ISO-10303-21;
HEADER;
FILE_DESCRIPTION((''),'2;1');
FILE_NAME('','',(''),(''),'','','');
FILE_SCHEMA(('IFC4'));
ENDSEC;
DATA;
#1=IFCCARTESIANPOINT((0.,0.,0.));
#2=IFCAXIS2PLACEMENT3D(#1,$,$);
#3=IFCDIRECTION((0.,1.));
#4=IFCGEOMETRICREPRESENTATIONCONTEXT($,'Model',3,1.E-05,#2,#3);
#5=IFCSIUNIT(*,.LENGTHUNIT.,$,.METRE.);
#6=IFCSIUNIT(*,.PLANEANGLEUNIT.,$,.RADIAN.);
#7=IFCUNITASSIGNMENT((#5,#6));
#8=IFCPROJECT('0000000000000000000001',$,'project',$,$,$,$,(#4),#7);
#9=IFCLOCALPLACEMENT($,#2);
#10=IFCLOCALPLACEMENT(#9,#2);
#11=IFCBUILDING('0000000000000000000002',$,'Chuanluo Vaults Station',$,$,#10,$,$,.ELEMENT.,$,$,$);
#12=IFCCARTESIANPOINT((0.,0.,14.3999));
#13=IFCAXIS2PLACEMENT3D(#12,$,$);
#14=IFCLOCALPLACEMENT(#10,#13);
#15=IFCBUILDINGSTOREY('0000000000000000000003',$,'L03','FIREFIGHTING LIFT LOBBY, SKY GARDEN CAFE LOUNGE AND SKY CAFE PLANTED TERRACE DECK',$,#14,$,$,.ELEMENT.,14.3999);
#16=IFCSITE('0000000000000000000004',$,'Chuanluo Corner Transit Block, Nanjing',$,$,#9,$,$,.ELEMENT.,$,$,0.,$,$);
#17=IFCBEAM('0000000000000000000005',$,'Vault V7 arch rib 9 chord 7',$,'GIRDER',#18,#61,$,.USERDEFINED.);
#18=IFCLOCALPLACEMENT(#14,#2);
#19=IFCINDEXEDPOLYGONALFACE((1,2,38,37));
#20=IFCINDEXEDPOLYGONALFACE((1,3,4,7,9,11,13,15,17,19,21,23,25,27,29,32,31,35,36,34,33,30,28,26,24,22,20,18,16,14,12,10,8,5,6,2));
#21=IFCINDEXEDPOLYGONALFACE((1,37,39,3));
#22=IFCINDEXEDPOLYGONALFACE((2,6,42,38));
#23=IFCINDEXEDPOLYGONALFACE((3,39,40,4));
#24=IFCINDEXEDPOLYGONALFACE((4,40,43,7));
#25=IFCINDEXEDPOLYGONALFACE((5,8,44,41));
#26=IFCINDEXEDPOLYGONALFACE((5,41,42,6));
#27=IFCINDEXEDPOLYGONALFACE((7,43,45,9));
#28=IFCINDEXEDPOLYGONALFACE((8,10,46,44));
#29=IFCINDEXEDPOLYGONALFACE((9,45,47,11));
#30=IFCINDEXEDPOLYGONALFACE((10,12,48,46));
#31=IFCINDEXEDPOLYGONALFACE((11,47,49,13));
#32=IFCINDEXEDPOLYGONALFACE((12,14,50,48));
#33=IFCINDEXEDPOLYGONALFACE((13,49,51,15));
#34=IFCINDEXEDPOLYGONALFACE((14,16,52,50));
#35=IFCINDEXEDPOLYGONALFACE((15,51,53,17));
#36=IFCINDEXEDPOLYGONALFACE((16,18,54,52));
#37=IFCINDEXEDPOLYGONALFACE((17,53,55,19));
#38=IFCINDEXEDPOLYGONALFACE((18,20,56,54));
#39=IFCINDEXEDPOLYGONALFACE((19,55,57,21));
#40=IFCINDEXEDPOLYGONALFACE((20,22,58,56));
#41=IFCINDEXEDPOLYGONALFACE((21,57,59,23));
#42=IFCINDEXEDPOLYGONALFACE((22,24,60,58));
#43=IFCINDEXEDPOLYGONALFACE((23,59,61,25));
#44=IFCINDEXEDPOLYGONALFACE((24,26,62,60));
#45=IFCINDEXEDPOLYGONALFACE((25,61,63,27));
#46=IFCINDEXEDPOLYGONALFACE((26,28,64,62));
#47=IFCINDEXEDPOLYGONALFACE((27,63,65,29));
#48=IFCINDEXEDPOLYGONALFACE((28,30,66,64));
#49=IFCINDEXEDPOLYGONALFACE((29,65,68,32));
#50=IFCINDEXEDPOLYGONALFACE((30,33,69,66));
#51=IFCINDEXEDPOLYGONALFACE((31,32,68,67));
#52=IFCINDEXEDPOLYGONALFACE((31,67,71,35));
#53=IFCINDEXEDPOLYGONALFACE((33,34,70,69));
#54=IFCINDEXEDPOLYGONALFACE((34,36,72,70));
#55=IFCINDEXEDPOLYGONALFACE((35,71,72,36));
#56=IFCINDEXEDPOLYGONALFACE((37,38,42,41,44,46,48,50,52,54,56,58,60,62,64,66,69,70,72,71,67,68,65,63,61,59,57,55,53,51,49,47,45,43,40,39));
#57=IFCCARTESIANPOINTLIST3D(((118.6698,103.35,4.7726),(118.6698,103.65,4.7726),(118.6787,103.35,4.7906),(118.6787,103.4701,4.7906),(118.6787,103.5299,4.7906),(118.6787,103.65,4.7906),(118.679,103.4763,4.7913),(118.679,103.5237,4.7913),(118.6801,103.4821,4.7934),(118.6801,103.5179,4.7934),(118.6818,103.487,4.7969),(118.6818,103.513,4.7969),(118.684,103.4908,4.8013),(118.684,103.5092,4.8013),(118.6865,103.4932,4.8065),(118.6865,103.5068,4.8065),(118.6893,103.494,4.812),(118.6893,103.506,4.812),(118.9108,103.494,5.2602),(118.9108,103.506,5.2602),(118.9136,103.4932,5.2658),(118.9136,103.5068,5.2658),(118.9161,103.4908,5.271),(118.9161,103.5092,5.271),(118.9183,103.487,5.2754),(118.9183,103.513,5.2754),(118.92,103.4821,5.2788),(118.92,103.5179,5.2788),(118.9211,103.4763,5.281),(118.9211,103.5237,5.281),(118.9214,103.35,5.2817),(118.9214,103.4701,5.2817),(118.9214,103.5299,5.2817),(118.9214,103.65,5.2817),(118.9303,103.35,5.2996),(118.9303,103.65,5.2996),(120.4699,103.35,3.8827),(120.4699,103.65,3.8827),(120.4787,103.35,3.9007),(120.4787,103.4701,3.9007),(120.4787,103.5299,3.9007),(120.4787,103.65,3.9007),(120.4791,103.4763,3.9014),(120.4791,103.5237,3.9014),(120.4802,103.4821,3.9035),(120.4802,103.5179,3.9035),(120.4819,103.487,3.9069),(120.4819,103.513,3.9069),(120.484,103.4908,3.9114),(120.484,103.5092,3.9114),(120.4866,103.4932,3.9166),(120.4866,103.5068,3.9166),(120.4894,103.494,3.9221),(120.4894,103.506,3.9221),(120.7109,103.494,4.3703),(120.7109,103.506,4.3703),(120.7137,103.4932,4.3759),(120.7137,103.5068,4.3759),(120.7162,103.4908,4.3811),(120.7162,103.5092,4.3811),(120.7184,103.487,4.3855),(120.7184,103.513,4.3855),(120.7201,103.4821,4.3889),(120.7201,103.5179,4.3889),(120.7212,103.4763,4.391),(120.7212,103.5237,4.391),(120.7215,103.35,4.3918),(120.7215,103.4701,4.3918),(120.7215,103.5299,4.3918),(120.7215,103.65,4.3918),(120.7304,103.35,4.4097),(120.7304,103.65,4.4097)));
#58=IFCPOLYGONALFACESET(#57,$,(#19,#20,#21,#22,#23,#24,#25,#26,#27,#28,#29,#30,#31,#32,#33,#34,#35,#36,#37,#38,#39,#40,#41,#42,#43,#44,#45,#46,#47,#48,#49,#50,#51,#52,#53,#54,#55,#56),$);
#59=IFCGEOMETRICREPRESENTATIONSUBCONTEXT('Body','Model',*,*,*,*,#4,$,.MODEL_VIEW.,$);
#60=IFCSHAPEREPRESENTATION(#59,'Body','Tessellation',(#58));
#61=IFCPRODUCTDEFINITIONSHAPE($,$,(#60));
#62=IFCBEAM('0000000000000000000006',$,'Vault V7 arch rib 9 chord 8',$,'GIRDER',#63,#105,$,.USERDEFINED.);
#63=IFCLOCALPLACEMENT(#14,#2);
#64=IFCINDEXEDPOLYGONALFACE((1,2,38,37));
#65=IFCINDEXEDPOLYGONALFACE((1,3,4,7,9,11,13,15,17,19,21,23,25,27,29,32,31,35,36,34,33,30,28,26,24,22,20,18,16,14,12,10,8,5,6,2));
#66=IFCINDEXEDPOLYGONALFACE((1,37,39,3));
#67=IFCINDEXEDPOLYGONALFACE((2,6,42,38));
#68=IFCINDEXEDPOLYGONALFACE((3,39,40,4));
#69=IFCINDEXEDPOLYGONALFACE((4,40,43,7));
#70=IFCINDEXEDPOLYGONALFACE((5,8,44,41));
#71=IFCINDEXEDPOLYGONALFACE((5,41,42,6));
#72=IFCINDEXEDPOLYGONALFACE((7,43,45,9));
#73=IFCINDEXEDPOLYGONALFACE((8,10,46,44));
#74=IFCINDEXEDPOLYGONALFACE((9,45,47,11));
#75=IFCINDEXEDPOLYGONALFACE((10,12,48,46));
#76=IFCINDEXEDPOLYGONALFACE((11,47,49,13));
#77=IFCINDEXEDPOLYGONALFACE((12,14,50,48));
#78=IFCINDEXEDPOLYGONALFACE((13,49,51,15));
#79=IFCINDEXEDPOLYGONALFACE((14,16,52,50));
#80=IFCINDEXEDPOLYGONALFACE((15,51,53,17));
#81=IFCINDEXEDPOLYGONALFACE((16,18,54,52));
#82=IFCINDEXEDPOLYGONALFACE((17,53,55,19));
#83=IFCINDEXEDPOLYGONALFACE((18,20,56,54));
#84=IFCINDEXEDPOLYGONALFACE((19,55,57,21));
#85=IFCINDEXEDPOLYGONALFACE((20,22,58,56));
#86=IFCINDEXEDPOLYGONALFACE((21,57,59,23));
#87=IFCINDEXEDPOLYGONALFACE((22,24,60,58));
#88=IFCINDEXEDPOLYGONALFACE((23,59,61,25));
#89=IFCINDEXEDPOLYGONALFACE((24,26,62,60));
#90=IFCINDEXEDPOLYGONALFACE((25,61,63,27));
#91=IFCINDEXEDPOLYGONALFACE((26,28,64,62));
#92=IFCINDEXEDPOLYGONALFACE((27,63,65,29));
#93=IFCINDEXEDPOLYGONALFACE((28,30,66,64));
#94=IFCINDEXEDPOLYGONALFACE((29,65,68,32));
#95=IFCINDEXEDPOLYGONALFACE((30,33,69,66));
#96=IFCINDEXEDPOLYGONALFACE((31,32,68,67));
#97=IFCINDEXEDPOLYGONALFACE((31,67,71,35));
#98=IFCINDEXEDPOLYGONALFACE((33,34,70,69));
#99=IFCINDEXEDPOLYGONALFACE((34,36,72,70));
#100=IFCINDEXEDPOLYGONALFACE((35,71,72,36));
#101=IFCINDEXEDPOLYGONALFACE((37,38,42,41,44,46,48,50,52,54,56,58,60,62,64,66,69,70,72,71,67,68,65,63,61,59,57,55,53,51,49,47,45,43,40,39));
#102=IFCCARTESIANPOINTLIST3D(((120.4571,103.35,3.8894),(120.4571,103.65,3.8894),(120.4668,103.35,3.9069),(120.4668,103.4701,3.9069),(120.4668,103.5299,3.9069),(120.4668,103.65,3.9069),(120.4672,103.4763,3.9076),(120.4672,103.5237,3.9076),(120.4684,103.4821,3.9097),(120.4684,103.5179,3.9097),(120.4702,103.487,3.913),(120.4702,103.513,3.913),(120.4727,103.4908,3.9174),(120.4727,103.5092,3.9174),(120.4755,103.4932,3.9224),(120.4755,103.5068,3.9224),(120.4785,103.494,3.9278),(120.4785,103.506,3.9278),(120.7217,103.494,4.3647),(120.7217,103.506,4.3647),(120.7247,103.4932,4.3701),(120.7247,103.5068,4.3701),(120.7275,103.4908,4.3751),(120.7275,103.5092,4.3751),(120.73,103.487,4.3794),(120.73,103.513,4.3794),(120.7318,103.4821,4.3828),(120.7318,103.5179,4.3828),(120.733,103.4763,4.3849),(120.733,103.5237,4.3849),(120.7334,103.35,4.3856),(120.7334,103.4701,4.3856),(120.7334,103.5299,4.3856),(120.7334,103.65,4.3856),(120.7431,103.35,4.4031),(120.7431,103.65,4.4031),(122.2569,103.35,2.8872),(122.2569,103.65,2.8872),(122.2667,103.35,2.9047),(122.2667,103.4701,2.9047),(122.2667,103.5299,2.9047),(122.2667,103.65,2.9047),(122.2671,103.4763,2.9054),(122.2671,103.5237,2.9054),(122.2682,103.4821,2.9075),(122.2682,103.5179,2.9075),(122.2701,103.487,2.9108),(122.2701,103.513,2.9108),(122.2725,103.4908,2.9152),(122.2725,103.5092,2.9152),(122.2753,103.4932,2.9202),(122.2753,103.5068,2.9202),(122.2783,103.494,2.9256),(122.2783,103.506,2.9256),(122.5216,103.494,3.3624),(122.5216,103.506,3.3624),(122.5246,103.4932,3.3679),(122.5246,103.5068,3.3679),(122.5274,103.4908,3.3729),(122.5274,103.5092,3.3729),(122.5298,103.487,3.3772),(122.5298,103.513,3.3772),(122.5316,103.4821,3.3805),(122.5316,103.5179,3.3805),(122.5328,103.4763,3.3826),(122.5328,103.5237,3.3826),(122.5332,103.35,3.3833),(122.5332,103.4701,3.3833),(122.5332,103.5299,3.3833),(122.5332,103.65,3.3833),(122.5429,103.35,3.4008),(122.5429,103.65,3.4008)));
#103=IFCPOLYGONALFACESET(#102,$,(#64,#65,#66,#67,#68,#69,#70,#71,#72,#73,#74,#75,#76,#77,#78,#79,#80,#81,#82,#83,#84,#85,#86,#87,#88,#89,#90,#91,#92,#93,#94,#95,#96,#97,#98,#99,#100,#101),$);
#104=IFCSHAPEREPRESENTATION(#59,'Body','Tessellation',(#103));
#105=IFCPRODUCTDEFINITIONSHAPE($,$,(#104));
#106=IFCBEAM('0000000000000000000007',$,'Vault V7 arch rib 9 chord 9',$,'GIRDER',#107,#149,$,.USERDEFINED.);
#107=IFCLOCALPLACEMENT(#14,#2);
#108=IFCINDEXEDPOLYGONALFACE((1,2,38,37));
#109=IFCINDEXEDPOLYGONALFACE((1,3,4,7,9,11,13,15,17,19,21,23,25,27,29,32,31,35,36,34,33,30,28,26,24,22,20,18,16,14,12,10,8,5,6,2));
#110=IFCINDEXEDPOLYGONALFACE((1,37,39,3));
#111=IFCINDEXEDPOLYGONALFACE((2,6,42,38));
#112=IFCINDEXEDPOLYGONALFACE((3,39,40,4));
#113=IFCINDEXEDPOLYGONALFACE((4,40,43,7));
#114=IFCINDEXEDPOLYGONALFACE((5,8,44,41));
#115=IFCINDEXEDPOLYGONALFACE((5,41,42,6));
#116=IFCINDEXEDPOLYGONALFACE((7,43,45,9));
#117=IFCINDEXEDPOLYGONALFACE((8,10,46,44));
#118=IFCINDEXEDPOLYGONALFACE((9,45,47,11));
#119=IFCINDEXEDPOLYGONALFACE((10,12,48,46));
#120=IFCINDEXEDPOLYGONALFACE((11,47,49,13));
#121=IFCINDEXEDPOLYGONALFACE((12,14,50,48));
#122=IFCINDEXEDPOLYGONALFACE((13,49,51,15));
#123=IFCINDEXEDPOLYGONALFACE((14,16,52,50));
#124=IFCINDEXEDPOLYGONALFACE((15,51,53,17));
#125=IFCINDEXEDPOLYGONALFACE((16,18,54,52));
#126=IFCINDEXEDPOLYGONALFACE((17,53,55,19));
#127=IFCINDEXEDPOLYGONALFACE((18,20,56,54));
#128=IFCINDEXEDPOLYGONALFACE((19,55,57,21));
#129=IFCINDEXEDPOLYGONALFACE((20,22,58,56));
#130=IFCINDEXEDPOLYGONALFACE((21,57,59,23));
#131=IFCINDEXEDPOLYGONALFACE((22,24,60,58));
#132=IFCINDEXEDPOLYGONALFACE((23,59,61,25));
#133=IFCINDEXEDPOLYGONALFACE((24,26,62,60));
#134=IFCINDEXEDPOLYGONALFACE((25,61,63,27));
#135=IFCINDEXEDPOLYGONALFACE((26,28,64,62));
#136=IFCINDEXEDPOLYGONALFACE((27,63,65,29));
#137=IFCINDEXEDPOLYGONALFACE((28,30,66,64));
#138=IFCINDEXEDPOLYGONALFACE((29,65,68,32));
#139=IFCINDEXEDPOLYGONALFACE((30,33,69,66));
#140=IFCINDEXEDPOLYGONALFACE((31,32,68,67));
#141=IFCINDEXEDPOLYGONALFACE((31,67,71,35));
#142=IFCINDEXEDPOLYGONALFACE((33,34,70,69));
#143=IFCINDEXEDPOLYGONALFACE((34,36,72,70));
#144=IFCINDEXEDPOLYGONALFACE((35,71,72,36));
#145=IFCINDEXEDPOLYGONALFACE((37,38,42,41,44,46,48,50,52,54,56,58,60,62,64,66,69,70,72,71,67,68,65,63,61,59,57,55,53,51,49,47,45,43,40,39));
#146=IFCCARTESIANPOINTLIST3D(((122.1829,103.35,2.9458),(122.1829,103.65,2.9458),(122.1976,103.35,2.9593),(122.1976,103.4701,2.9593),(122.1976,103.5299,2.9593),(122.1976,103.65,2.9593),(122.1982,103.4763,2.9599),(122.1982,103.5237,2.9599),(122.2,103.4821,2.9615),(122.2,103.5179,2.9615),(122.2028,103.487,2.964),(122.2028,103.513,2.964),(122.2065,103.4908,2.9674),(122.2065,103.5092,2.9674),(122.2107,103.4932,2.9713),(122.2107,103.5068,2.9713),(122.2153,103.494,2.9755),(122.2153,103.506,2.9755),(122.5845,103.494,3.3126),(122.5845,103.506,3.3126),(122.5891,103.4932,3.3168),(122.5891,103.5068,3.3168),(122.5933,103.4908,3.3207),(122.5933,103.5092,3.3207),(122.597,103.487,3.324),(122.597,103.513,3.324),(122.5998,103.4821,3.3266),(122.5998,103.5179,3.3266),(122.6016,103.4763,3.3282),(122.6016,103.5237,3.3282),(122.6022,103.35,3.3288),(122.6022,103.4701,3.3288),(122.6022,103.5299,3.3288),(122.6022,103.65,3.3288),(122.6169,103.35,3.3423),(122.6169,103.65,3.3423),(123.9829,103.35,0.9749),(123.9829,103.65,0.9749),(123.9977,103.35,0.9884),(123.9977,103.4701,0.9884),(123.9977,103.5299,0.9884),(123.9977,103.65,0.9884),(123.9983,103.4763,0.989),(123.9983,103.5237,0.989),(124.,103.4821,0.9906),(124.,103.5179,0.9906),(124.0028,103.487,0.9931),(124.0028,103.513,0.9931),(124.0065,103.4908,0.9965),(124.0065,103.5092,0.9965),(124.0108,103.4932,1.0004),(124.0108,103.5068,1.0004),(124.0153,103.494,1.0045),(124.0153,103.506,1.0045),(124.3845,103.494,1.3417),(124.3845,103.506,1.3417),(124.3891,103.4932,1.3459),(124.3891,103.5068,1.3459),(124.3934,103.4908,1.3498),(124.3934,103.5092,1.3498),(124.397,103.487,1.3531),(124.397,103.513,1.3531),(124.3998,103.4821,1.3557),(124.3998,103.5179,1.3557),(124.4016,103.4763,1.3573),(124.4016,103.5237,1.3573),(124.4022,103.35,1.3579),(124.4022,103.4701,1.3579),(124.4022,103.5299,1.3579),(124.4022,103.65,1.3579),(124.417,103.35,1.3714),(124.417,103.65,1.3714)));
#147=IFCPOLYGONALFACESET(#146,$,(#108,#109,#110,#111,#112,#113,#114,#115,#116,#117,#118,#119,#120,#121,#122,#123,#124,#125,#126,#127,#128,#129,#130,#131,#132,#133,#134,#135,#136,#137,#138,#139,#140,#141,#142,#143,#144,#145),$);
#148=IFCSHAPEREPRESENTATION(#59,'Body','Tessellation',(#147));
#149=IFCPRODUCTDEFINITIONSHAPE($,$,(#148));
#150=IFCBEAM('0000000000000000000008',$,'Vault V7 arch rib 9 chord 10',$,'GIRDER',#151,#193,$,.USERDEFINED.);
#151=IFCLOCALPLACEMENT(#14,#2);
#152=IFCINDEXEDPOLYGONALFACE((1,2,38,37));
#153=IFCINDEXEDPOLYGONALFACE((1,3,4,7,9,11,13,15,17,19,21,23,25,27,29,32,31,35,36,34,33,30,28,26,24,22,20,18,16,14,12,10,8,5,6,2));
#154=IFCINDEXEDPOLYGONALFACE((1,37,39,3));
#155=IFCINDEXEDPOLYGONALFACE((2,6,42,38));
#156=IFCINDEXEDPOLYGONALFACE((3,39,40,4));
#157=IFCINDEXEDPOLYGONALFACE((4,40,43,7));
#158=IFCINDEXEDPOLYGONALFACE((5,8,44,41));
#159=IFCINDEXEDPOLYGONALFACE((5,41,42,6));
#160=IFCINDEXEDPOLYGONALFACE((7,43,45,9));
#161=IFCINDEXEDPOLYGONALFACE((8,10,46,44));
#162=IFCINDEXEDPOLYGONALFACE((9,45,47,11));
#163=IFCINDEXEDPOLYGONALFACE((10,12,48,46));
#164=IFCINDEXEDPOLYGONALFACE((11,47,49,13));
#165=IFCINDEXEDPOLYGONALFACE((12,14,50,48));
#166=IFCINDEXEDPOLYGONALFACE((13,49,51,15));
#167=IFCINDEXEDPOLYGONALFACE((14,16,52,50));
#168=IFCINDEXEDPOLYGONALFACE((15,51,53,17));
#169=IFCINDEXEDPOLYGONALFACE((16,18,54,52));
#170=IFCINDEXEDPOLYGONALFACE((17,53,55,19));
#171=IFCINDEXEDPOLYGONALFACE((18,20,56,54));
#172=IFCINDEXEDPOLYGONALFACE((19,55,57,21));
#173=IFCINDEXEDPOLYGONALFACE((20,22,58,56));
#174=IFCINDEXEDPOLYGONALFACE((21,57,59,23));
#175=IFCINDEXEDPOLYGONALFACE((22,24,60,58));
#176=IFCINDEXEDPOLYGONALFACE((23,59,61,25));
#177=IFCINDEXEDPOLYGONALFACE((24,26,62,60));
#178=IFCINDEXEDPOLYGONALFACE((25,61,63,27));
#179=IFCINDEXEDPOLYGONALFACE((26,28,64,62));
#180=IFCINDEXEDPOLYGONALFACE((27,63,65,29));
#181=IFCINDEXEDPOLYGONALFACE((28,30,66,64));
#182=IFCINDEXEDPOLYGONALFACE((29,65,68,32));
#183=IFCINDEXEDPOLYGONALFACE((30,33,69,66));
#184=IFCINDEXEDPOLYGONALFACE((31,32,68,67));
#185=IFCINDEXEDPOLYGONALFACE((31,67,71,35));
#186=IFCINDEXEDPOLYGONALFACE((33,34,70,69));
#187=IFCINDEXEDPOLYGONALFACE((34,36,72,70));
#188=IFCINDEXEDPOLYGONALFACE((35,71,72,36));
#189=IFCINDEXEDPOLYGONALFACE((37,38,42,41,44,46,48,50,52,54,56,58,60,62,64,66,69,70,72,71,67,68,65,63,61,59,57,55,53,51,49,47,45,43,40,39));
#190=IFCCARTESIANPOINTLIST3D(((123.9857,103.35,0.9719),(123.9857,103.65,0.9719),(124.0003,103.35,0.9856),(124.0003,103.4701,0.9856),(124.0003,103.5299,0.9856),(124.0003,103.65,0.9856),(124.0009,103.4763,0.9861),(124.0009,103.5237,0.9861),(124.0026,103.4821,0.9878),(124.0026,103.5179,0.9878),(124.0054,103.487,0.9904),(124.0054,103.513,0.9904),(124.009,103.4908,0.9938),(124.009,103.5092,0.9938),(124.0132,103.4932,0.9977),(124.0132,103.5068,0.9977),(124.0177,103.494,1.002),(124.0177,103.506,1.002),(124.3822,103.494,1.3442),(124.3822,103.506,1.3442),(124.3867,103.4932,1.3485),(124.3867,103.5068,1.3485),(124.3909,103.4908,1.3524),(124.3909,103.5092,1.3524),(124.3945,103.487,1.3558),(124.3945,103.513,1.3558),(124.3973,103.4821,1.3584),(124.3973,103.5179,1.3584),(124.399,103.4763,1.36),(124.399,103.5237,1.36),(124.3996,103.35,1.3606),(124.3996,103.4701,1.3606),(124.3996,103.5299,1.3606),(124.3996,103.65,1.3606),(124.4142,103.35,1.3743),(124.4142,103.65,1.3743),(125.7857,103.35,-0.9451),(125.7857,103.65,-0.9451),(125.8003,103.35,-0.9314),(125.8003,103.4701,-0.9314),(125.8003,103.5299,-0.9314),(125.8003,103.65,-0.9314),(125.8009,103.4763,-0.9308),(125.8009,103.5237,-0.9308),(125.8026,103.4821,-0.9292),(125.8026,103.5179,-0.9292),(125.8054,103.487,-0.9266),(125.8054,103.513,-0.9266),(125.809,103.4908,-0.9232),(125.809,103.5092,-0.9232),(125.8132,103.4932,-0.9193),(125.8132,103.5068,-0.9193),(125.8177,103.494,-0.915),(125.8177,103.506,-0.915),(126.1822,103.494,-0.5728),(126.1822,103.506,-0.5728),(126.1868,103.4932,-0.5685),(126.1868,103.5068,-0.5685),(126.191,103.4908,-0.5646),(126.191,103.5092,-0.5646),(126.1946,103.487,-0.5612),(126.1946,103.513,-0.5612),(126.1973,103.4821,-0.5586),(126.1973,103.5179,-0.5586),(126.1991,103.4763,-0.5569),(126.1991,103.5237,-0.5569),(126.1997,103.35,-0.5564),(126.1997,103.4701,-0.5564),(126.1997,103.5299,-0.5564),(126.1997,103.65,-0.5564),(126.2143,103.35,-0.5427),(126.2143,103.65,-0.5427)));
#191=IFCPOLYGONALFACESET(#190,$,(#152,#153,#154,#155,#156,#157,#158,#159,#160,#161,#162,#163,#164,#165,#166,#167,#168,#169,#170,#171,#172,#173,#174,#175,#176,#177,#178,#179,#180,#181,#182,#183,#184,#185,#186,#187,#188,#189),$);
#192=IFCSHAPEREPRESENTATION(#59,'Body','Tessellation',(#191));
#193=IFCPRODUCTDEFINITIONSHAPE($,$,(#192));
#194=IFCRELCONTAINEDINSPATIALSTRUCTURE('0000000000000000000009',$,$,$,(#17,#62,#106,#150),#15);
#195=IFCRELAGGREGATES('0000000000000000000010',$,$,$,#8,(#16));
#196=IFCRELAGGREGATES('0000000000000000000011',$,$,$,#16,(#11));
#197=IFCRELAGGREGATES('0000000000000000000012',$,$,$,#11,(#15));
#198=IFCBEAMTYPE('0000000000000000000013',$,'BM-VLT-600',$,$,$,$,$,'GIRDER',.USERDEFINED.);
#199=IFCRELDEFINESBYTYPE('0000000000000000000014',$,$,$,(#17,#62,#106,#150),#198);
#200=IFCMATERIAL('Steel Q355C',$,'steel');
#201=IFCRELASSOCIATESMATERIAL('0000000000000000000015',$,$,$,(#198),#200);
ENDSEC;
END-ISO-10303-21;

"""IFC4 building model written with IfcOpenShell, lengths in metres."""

from ifc_helpers import new_model, si_unit, direction, frame, origin, origin_2d, place, context, subcontext, project, spatial, i_section, extrude, material, material_profile, profile_set, type_object, element, save


model = new_model("IFC4")

# Units and contexts
model_context = context("Model", 3, precision=1e-05, world=origin(), true_north=direction((0.0, 1.0)))
body_context = subcontext(model_context, "Body", "Model", "MODEL_VIEW")
ifc_project = project(units=[si_unit("LENGTHUNIT", "METRE"), si_unit("PLANEANGLEUNIT", "RADIAN")], contexts=[model_context])

# Site, building, storey
site_placement = place(None, origin())
site = spatial("IfcSite", under=ifc_project, at=site_placement, Name="Chuanluo Corner Transit Block, Nanjing", CompositionType="ELEMENT", RefElevation=0.0)
building_placement = place(site_placement, origin())
building = spatial("IfcBuilding", under=site, at=building_placement, Name="Chuanluo Vaults Station", CompositionType="ELEMENT")
storey_placement = place(building_placement, frame((0.0, 0.0, 14.3999)))
storey = spatial("IfcBuildingStorey", under=building, at=storey_placement, Name="L03", Description="FIREFIGHTING LIFT LOBBY, SKY GARDEN CAFE LOUNGE AND SKY CAFE PLANTED TERRACE DECK", CompositionType="ELEMENT", Elevation=14.3999)

# Beams
ifc_material_1 = material(Name="Steel Q355C", Category="steel")
ifc_material_profile_1 = material_profile(ifc_material_1, i_section(OverallWidth=0.3, OverallDepth=0.5879, WebThickness=0.012, FlangeThickness=0.02, FilletRadius=0.0239, at=origin_2d()))
ifc_profile_set_1 = profile_set([ifc_material_profile_1], Name="Steel Q355C")
beam_type_1 = type_object("IfcBeamType", Name="BM-VLT-600", ElementType="GIRDER", PredefinedType="USERDEFINED", material=ifc_profile_set_1)
beam_1_placement = place(storey_placement, frame((118.8, 103.5, 5.0361), z_axis=(0.896436, 0.0, -0.443172), x_axis=(0.0, 1.0, 0.0)))
element("IfcBeam", 1, at=beam_1_placement, inside=storey, type_object=beam_type_1, Name="Vault V7 arch rib 9 chord 7", ObjectType="GIRDER", PredefinedType="USERDEFINED", context=body_context, shape_type="SweptSolid", body=[
    extrude(i_section(OverallWidth=0.3, OverallDepth=0.5879, WebThickness=0.012, FlangeThickness=0.02, FilletRadius=0.0239, at=origin_2d()), origin(), (0.0, 0.0, 1.0), 2.0081),
])
beam_2_placement = place(storey_placement, frame((120.6001, 103.5, 4.1462), z_axis=(0.873682, 0.0, -0.486498), x_axis=(0.0, 1.0, 0.0)))
element("IfcBeam", 2, at=beam_2_placement, inside=storey, type_object=beam_type_1, Name="Vault V7 arch rib 9 chord 8", ObjectType="GIRDER", PredefinedType="USERDEFINED", context=body_context, shape_type="SweptSolid", body=[
    extrude(i_section(OverallWidth=0.3, OverallDepth=0.5879, WebThickness=0.012, FlangeThickness=0.02, FilletRadius=0.0239, at=origin_2d()), origin(), (0.0, 0.0, 1.0), 2.0601),
])
beam_3_placement = place(storey_placement, frame((122.3999, 103.5, 3.144), z_axis=(0.674369, 0.0, -0.738394), x_axis=(0.0, 1.0, 0.0)))
element("IfcBeam", 3, at=beam_3_placement, inside=storey, type_object=beam_type_1, Name="Vault V7 arch rib 9 chord 9", ObjectType="GIRDER", PredefinedType="USERDEFINED", context=body_context, shape_type="SweptSolid", body=[
    extrude(i_section(OverallWidth=0.3, OverallDepth=0.5879, WebThickness=0.012, FlangeThickness=0.02, FilletRadius=0.0239, at=origin_2d()), origin(), (0.0, 0.0, 1.0), 2.6692),
])
beam_4_placement = place(storey_placement, frame((124.2, 103.5, 1.1731), z_axis=(0.684522, 0.0, -0.728993), x_axis=(0.0, 1.0, 0.0)))
element("IfcBeam", 4, at=beam_4_placement, inside=storey, type_object=beam_type_1, Name="Vault V7 arch rib 9 chord 10", ObjectType="GIRDER", PredefinedType="USERDEFINED", context=body_context, shape_type="SweptSolid", body=[
    extrude(i_section(OverallWidth=0.3, OverallDepth=0.5879, WebThickness=0.012, FlangeThickness=0.02, FilletRadius=0.0239, at=origin_2d()), origin(), (0.0, 0.0, 1.0), 2.6296),
])

save(model, "model.ifc")
